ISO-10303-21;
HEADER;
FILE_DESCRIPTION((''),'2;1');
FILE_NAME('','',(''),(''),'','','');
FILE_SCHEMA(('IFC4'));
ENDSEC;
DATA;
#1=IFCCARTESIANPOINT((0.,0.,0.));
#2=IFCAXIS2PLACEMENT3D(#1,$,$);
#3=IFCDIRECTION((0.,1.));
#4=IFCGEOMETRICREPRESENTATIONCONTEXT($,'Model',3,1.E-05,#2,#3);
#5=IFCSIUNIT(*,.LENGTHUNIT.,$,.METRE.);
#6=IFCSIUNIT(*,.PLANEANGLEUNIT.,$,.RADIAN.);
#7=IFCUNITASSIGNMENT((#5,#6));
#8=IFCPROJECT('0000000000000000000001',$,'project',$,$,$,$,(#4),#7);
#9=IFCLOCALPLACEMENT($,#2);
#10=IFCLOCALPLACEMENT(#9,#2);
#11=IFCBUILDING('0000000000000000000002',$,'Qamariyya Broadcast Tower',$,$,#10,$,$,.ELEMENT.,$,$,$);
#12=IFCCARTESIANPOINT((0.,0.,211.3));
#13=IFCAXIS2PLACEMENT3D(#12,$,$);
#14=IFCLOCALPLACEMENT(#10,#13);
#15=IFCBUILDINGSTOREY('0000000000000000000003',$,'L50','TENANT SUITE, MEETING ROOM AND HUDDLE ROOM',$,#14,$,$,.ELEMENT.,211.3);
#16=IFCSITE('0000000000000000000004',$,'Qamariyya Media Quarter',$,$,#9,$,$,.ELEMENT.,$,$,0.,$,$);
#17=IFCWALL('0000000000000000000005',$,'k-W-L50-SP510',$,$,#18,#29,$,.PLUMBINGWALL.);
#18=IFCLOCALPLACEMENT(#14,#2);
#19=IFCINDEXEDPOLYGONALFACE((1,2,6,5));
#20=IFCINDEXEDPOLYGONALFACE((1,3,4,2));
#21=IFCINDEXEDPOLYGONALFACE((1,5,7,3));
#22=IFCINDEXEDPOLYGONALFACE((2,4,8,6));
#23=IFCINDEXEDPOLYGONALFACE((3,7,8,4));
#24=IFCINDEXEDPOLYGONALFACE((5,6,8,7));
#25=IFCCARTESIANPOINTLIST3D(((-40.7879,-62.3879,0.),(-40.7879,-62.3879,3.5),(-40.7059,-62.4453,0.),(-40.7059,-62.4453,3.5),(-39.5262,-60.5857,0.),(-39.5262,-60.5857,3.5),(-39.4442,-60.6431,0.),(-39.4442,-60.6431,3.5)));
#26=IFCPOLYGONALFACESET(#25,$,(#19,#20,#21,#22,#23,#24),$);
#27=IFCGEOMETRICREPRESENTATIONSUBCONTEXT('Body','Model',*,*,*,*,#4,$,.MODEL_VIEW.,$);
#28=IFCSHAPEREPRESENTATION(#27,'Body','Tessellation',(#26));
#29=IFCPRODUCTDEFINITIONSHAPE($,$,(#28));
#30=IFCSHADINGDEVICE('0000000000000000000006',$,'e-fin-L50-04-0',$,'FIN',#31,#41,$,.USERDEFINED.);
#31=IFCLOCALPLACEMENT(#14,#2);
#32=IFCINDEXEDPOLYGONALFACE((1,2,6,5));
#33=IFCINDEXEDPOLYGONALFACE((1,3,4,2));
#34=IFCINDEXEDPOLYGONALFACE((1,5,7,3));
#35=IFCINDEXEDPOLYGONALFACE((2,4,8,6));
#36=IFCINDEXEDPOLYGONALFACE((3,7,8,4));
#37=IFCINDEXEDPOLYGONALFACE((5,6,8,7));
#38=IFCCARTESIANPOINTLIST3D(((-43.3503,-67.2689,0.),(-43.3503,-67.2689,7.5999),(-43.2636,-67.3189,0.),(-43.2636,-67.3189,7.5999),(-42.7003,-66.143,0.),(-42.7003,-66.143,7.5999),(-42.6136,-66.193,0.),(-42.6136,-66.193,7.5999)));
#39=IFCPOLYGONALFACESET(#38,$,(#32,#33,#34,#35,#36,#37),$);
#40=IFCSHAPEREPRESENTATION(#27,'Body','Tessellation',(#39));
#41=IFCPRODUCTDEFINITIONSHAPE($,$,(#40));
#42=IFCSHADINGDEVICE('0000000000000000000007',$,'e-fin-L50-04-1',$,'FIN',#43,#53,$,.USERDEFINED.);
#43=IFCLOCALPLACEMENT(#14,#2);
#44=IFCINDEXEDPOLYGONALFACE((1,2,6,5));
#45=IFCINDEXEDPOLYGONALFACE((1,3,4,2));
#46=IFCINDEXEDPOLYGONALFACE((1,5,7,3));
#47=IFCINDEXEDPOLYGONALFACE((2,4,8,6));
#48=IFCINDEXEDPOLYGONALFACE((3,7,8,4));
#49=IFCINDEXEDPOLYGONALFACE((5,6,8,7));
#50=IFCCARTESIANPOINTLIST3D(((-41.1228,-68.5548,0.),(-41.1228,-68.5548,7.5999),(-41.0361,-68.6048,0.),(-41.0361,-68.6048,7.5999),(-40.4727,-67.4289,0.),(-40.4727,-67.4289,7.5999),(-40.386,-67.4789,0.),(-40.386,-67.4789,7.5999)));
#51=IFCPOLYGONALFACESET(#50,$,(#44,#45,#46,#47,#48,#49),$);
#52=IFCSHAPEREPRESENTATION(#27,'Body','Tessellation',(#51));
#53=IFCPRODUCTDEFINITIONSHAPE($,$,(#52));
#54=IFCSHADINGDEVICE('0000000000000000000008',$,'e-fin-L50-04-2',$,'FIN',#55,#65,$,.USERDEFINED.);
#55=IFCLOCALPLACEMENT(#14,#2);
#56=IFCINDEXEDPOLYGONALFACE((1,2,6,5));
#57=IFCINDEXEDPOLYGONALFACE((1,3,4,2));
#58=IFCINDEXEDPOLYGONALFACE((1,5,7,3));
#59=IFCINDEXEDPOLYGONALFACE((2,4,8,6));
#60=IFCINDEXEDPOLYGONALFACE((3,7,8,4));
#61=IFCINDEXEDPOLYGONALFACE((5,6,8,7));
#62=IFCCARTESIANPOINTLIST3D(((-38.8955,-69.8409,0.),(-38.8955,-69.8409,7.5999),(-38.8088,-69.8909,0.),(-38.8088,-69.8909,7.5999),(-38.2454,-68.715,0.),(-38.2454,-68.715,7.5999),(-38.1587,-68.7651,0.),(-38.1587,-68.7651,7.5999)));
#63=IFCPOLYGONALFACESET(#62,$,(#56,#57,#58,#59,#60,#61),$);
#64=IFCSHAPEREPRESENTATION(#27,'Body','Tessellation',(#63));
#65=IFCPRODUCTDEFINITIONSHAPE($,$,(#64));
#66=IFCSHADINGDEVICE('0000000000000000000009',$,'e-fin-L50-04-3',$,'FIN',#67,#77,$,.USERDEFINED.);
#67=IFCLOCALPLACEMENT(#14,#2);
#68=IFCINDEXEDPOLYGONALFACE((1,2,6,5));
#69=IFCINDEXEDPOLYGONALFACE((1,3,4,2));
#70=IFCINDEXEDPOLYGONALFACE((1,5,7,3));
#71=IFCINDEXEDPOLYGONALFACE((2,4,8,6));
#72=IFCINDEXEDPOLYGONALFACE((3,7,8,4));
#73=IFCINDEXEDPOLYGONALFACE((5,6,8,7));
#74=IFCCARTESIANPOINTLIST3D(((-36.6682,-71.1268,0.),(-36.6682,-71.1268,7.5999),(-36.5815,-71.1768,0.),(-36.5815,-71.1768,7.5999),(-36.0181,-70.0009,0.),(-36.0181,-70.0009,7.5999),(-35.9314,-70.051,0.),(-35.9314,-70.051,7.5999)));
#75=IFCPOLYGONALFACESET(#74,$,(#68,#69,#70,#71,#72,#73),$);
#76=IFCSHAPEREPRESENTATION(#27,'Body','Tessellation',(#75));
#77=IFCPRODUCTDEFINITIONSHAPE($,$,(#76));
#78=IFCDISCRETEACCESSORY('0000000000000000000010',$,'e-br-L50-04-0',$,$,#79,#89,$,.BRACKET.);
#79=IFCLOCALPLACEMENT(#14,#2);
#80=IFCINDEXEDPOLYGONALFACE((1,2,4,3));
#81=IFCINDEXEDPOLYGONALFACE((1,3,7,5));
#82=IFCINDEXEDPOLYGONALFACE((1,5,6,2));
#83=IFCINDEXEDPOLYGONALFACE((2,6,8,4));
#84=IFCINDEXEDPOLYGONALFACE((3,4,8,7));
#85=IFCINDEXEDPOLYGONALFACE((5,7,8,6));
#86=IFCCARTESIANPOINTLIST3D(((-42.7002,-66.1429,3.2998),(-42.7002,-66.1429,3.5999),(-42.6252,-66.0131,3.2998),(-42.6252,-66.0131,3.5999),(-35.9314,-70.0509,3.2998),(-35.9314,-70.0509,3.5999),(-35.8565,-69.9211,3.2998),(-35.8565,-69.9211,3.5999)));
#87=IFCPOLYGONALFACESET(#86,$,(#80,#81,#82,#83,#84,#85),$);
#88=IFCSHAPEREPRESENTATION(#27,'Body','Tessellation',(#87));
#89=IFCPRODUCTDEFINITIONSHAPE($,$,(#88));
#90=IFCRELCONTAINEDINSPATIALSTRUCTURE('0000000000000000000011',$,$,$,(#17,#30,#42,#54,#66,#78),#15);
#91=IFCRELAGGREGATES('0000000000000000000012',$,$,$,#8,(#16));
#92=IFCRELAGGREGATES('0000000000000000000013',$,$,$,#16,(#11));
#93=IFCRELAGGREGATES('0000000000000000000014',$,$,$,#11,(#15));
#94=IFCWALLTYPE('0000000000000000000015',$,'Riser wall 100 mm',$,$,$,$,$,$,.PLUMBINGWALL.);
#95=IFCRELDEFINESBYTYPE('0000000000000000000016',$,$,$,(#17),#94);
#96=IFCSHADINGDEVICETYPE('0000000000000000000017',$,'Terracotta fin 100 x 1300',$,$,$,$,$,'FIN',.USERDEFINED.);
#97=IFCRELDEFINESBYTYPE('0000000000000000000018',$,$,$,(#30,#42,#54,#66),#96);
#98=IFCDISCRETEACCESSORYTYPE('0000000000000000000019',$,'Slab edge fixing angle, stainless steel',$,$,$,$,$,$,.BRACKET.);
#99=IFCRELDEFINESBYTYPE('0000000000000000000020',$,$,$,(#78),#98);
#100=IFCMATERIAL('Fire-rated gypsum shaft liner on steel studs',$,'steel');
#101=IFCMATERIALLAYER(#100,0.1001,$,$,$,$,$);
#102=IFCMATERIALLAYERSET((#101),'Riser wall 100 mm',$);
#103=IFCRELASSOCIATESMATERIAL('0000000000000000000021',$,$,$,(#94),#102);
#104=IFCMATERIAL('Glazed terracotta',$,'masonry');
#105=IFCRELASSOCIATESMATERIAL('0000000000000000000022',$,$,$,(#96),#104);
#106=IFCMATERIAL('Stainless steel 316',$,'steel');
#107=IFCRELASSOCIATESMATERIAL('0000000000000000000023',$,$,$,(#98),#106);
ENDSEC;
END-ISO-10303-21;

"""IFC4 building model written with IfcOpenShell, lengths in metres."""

from ifc_helpers import new_model, si_unit, direction, frame, frame_2d, origin, origin_2d, place, context, subcontext, project, spatial, rectangle, extrude, material, layer, layer_set, material_profile, profile_set, type_object, element, save


model = new_model("IFC4")

# Units and contexts
model_context = context("Model", 3, precision=1e-05, world=origin(), true_north=direction((0.0, 1.0)))
body_context = subcontext(model_context, "Body", "Model", "MODEL_VIEW")
ifc_project = project(units=[si_unit("LENGTHUNIT", "METRE"), si_unit("PLANEANGLEUNIT", "RADIAN")], contexts=[model_context])

# Site, building, storey
site_placement = place(None, origin())
site = spatial("IfcSite", under=ifc_project, at=site_placement, Name="Qamariyya Media Quarter", CompositionType="ELEMENT", RefElevation=0.0)
building_placement = place(site_placement, origin())
building = spatial("IfcBuilding", under=site, at=building_placement, Name="Qamariyya Broadcast Tower", CompositionType="ELEMENT")
storey_placement = place(building_placement, frame((0.0, 0.0, 211.3)))
storey = spatial("IfcBuildingStorey", under=building, at=storey_placement, Name="L50", Description="TENANT SUITE, MEETING ROOM AND HUDDLE ROOM", CompositionType="ELEMENT", Elevation=211.3)

# Wall
ifc_material_1 = material(Name="Fire-rated gypsum shaft liner on steel studs", Category="steel")
ifc_layer_1 = layer(ifc_material_1, 0.1001)
ifc_layer_set_1 = layer_set([ifc_layer_1], Name="Riser wall 100 mm")
wall_type_1 = type_object("IfcWallType", Name="Riser wall 100 mm", PredefinedType="PLUMBINGWALL", material=ifc_layer_set_1)
wall_1_placement = place(storey_placement, frame((-39.4851, -60.6143, 0.0), z_axis=(0.0, 0.0, 1.0), x_axis=(-0.573507, -0.819201, 0.0)))
element("IfcWall", 1, at=wall_1_placement, inside=storey, type_object=wall_type_1, Name="k-W-L50-SP510", PredefinedType="PLUMBINGWALL", context=body_context, shape_type="SweptSolid", body=[
    extrude(rectangle(XDim=2.2, YDim=0.1001, at=frame_2d((1.1001, 0.0))), origin(), (0.0, 0.0, 1.0), 3.5),
])

# Shading devices
ifc_material_2 = material(Name="Glazed terracotta", Category="masonry")
ifc_material_profile_1 = material_profile(ifc_material_2, rectangle(XDim=1.3, YDim=0.1001, at=origin_2d()))
ifc_profile_set_1 = profile_set([ifc_material_profile_1], Name="Glazed terracotta")
shading_device_type_1 = type_object("IfcShadingDeviceType", Name="Terracotta fin 100 x 1300", ElementType="FIN", PredefinedType="USERDEFINED", material=ifc_profile_set_1)
for number, where, z_axis, x_axis, name in (
    (2, (-42.9819, -66.731, 0.0), (0.0, 0.0, 1.0), (-0.5, -0.866025, 0.0), "e-fin-L50-04-0"),
    (3, (-40.7544, -68.0168, 0.0), (0.0, 0.0, 1.0), (-0.5, -0.866025, 0.0), "e-fin-L50-04-1"),
    (4, (-38.5271, -69.303, 0.0), (0.0, 0.0, 1.0), (-0.5, -0.866025, 0.0), "e-fin-L50-04-2"),
    (5, (-36.2998, -70.5889, 0.0), (0.0, 0.0, 1.0), (-0.5, -0.866025, 0.0), "e-fin-L50-04-3"),
):
    element("IfcShadingDevice", number, at=place(storey_placement, frame(where, z_axis=z_axis, x_axis=x_axis)), inside=storey, type_object=shading_device_type_1, Name=name, ObjectType="FIN", PredefinedType="USERDEFINED", context=body_context, shape_type="SweptSolid", body=[
        extrude(rectangle(XDim=1.3, YDim=0.1001, at=origin_2d()), origin(), (0.0, 0.0, 1.0), 7.5999),
    ])

# Discrete accessory
ifc_material_3 = material(Name="Stainless steel 316", Category="steel")
discrete_accessory_type = type_object("IfcDiscreteAccessoryType", Name="Slab edge fixing angle, stainless steel", PredefinedType="BRACKET", material=ifc_material_3)
discrete_accessory_placement = place(storey_placement, frame((-39.2783, -68.032, 3.2998), z_axis=(0.0, 0.0, 1.0), x_axis=(0.866025, -0.5, 0.0)))
element("IfcDiscreteAccessory", 6, at=discrete_accessory_placement, inside=storey, type_object=discrete_accessory_type, Name="e-br-L50-04-0", PredefinedType="BRACKET", context=body_context, shape_type="SweptSolid", body=[
    extrude(rectangle(XDim=7.8159, YDim=0.1499, at=origin_2d()), origin(), (0.0, 0.0, 1.0), 0.3),
])

save(model, "model.ifc")
